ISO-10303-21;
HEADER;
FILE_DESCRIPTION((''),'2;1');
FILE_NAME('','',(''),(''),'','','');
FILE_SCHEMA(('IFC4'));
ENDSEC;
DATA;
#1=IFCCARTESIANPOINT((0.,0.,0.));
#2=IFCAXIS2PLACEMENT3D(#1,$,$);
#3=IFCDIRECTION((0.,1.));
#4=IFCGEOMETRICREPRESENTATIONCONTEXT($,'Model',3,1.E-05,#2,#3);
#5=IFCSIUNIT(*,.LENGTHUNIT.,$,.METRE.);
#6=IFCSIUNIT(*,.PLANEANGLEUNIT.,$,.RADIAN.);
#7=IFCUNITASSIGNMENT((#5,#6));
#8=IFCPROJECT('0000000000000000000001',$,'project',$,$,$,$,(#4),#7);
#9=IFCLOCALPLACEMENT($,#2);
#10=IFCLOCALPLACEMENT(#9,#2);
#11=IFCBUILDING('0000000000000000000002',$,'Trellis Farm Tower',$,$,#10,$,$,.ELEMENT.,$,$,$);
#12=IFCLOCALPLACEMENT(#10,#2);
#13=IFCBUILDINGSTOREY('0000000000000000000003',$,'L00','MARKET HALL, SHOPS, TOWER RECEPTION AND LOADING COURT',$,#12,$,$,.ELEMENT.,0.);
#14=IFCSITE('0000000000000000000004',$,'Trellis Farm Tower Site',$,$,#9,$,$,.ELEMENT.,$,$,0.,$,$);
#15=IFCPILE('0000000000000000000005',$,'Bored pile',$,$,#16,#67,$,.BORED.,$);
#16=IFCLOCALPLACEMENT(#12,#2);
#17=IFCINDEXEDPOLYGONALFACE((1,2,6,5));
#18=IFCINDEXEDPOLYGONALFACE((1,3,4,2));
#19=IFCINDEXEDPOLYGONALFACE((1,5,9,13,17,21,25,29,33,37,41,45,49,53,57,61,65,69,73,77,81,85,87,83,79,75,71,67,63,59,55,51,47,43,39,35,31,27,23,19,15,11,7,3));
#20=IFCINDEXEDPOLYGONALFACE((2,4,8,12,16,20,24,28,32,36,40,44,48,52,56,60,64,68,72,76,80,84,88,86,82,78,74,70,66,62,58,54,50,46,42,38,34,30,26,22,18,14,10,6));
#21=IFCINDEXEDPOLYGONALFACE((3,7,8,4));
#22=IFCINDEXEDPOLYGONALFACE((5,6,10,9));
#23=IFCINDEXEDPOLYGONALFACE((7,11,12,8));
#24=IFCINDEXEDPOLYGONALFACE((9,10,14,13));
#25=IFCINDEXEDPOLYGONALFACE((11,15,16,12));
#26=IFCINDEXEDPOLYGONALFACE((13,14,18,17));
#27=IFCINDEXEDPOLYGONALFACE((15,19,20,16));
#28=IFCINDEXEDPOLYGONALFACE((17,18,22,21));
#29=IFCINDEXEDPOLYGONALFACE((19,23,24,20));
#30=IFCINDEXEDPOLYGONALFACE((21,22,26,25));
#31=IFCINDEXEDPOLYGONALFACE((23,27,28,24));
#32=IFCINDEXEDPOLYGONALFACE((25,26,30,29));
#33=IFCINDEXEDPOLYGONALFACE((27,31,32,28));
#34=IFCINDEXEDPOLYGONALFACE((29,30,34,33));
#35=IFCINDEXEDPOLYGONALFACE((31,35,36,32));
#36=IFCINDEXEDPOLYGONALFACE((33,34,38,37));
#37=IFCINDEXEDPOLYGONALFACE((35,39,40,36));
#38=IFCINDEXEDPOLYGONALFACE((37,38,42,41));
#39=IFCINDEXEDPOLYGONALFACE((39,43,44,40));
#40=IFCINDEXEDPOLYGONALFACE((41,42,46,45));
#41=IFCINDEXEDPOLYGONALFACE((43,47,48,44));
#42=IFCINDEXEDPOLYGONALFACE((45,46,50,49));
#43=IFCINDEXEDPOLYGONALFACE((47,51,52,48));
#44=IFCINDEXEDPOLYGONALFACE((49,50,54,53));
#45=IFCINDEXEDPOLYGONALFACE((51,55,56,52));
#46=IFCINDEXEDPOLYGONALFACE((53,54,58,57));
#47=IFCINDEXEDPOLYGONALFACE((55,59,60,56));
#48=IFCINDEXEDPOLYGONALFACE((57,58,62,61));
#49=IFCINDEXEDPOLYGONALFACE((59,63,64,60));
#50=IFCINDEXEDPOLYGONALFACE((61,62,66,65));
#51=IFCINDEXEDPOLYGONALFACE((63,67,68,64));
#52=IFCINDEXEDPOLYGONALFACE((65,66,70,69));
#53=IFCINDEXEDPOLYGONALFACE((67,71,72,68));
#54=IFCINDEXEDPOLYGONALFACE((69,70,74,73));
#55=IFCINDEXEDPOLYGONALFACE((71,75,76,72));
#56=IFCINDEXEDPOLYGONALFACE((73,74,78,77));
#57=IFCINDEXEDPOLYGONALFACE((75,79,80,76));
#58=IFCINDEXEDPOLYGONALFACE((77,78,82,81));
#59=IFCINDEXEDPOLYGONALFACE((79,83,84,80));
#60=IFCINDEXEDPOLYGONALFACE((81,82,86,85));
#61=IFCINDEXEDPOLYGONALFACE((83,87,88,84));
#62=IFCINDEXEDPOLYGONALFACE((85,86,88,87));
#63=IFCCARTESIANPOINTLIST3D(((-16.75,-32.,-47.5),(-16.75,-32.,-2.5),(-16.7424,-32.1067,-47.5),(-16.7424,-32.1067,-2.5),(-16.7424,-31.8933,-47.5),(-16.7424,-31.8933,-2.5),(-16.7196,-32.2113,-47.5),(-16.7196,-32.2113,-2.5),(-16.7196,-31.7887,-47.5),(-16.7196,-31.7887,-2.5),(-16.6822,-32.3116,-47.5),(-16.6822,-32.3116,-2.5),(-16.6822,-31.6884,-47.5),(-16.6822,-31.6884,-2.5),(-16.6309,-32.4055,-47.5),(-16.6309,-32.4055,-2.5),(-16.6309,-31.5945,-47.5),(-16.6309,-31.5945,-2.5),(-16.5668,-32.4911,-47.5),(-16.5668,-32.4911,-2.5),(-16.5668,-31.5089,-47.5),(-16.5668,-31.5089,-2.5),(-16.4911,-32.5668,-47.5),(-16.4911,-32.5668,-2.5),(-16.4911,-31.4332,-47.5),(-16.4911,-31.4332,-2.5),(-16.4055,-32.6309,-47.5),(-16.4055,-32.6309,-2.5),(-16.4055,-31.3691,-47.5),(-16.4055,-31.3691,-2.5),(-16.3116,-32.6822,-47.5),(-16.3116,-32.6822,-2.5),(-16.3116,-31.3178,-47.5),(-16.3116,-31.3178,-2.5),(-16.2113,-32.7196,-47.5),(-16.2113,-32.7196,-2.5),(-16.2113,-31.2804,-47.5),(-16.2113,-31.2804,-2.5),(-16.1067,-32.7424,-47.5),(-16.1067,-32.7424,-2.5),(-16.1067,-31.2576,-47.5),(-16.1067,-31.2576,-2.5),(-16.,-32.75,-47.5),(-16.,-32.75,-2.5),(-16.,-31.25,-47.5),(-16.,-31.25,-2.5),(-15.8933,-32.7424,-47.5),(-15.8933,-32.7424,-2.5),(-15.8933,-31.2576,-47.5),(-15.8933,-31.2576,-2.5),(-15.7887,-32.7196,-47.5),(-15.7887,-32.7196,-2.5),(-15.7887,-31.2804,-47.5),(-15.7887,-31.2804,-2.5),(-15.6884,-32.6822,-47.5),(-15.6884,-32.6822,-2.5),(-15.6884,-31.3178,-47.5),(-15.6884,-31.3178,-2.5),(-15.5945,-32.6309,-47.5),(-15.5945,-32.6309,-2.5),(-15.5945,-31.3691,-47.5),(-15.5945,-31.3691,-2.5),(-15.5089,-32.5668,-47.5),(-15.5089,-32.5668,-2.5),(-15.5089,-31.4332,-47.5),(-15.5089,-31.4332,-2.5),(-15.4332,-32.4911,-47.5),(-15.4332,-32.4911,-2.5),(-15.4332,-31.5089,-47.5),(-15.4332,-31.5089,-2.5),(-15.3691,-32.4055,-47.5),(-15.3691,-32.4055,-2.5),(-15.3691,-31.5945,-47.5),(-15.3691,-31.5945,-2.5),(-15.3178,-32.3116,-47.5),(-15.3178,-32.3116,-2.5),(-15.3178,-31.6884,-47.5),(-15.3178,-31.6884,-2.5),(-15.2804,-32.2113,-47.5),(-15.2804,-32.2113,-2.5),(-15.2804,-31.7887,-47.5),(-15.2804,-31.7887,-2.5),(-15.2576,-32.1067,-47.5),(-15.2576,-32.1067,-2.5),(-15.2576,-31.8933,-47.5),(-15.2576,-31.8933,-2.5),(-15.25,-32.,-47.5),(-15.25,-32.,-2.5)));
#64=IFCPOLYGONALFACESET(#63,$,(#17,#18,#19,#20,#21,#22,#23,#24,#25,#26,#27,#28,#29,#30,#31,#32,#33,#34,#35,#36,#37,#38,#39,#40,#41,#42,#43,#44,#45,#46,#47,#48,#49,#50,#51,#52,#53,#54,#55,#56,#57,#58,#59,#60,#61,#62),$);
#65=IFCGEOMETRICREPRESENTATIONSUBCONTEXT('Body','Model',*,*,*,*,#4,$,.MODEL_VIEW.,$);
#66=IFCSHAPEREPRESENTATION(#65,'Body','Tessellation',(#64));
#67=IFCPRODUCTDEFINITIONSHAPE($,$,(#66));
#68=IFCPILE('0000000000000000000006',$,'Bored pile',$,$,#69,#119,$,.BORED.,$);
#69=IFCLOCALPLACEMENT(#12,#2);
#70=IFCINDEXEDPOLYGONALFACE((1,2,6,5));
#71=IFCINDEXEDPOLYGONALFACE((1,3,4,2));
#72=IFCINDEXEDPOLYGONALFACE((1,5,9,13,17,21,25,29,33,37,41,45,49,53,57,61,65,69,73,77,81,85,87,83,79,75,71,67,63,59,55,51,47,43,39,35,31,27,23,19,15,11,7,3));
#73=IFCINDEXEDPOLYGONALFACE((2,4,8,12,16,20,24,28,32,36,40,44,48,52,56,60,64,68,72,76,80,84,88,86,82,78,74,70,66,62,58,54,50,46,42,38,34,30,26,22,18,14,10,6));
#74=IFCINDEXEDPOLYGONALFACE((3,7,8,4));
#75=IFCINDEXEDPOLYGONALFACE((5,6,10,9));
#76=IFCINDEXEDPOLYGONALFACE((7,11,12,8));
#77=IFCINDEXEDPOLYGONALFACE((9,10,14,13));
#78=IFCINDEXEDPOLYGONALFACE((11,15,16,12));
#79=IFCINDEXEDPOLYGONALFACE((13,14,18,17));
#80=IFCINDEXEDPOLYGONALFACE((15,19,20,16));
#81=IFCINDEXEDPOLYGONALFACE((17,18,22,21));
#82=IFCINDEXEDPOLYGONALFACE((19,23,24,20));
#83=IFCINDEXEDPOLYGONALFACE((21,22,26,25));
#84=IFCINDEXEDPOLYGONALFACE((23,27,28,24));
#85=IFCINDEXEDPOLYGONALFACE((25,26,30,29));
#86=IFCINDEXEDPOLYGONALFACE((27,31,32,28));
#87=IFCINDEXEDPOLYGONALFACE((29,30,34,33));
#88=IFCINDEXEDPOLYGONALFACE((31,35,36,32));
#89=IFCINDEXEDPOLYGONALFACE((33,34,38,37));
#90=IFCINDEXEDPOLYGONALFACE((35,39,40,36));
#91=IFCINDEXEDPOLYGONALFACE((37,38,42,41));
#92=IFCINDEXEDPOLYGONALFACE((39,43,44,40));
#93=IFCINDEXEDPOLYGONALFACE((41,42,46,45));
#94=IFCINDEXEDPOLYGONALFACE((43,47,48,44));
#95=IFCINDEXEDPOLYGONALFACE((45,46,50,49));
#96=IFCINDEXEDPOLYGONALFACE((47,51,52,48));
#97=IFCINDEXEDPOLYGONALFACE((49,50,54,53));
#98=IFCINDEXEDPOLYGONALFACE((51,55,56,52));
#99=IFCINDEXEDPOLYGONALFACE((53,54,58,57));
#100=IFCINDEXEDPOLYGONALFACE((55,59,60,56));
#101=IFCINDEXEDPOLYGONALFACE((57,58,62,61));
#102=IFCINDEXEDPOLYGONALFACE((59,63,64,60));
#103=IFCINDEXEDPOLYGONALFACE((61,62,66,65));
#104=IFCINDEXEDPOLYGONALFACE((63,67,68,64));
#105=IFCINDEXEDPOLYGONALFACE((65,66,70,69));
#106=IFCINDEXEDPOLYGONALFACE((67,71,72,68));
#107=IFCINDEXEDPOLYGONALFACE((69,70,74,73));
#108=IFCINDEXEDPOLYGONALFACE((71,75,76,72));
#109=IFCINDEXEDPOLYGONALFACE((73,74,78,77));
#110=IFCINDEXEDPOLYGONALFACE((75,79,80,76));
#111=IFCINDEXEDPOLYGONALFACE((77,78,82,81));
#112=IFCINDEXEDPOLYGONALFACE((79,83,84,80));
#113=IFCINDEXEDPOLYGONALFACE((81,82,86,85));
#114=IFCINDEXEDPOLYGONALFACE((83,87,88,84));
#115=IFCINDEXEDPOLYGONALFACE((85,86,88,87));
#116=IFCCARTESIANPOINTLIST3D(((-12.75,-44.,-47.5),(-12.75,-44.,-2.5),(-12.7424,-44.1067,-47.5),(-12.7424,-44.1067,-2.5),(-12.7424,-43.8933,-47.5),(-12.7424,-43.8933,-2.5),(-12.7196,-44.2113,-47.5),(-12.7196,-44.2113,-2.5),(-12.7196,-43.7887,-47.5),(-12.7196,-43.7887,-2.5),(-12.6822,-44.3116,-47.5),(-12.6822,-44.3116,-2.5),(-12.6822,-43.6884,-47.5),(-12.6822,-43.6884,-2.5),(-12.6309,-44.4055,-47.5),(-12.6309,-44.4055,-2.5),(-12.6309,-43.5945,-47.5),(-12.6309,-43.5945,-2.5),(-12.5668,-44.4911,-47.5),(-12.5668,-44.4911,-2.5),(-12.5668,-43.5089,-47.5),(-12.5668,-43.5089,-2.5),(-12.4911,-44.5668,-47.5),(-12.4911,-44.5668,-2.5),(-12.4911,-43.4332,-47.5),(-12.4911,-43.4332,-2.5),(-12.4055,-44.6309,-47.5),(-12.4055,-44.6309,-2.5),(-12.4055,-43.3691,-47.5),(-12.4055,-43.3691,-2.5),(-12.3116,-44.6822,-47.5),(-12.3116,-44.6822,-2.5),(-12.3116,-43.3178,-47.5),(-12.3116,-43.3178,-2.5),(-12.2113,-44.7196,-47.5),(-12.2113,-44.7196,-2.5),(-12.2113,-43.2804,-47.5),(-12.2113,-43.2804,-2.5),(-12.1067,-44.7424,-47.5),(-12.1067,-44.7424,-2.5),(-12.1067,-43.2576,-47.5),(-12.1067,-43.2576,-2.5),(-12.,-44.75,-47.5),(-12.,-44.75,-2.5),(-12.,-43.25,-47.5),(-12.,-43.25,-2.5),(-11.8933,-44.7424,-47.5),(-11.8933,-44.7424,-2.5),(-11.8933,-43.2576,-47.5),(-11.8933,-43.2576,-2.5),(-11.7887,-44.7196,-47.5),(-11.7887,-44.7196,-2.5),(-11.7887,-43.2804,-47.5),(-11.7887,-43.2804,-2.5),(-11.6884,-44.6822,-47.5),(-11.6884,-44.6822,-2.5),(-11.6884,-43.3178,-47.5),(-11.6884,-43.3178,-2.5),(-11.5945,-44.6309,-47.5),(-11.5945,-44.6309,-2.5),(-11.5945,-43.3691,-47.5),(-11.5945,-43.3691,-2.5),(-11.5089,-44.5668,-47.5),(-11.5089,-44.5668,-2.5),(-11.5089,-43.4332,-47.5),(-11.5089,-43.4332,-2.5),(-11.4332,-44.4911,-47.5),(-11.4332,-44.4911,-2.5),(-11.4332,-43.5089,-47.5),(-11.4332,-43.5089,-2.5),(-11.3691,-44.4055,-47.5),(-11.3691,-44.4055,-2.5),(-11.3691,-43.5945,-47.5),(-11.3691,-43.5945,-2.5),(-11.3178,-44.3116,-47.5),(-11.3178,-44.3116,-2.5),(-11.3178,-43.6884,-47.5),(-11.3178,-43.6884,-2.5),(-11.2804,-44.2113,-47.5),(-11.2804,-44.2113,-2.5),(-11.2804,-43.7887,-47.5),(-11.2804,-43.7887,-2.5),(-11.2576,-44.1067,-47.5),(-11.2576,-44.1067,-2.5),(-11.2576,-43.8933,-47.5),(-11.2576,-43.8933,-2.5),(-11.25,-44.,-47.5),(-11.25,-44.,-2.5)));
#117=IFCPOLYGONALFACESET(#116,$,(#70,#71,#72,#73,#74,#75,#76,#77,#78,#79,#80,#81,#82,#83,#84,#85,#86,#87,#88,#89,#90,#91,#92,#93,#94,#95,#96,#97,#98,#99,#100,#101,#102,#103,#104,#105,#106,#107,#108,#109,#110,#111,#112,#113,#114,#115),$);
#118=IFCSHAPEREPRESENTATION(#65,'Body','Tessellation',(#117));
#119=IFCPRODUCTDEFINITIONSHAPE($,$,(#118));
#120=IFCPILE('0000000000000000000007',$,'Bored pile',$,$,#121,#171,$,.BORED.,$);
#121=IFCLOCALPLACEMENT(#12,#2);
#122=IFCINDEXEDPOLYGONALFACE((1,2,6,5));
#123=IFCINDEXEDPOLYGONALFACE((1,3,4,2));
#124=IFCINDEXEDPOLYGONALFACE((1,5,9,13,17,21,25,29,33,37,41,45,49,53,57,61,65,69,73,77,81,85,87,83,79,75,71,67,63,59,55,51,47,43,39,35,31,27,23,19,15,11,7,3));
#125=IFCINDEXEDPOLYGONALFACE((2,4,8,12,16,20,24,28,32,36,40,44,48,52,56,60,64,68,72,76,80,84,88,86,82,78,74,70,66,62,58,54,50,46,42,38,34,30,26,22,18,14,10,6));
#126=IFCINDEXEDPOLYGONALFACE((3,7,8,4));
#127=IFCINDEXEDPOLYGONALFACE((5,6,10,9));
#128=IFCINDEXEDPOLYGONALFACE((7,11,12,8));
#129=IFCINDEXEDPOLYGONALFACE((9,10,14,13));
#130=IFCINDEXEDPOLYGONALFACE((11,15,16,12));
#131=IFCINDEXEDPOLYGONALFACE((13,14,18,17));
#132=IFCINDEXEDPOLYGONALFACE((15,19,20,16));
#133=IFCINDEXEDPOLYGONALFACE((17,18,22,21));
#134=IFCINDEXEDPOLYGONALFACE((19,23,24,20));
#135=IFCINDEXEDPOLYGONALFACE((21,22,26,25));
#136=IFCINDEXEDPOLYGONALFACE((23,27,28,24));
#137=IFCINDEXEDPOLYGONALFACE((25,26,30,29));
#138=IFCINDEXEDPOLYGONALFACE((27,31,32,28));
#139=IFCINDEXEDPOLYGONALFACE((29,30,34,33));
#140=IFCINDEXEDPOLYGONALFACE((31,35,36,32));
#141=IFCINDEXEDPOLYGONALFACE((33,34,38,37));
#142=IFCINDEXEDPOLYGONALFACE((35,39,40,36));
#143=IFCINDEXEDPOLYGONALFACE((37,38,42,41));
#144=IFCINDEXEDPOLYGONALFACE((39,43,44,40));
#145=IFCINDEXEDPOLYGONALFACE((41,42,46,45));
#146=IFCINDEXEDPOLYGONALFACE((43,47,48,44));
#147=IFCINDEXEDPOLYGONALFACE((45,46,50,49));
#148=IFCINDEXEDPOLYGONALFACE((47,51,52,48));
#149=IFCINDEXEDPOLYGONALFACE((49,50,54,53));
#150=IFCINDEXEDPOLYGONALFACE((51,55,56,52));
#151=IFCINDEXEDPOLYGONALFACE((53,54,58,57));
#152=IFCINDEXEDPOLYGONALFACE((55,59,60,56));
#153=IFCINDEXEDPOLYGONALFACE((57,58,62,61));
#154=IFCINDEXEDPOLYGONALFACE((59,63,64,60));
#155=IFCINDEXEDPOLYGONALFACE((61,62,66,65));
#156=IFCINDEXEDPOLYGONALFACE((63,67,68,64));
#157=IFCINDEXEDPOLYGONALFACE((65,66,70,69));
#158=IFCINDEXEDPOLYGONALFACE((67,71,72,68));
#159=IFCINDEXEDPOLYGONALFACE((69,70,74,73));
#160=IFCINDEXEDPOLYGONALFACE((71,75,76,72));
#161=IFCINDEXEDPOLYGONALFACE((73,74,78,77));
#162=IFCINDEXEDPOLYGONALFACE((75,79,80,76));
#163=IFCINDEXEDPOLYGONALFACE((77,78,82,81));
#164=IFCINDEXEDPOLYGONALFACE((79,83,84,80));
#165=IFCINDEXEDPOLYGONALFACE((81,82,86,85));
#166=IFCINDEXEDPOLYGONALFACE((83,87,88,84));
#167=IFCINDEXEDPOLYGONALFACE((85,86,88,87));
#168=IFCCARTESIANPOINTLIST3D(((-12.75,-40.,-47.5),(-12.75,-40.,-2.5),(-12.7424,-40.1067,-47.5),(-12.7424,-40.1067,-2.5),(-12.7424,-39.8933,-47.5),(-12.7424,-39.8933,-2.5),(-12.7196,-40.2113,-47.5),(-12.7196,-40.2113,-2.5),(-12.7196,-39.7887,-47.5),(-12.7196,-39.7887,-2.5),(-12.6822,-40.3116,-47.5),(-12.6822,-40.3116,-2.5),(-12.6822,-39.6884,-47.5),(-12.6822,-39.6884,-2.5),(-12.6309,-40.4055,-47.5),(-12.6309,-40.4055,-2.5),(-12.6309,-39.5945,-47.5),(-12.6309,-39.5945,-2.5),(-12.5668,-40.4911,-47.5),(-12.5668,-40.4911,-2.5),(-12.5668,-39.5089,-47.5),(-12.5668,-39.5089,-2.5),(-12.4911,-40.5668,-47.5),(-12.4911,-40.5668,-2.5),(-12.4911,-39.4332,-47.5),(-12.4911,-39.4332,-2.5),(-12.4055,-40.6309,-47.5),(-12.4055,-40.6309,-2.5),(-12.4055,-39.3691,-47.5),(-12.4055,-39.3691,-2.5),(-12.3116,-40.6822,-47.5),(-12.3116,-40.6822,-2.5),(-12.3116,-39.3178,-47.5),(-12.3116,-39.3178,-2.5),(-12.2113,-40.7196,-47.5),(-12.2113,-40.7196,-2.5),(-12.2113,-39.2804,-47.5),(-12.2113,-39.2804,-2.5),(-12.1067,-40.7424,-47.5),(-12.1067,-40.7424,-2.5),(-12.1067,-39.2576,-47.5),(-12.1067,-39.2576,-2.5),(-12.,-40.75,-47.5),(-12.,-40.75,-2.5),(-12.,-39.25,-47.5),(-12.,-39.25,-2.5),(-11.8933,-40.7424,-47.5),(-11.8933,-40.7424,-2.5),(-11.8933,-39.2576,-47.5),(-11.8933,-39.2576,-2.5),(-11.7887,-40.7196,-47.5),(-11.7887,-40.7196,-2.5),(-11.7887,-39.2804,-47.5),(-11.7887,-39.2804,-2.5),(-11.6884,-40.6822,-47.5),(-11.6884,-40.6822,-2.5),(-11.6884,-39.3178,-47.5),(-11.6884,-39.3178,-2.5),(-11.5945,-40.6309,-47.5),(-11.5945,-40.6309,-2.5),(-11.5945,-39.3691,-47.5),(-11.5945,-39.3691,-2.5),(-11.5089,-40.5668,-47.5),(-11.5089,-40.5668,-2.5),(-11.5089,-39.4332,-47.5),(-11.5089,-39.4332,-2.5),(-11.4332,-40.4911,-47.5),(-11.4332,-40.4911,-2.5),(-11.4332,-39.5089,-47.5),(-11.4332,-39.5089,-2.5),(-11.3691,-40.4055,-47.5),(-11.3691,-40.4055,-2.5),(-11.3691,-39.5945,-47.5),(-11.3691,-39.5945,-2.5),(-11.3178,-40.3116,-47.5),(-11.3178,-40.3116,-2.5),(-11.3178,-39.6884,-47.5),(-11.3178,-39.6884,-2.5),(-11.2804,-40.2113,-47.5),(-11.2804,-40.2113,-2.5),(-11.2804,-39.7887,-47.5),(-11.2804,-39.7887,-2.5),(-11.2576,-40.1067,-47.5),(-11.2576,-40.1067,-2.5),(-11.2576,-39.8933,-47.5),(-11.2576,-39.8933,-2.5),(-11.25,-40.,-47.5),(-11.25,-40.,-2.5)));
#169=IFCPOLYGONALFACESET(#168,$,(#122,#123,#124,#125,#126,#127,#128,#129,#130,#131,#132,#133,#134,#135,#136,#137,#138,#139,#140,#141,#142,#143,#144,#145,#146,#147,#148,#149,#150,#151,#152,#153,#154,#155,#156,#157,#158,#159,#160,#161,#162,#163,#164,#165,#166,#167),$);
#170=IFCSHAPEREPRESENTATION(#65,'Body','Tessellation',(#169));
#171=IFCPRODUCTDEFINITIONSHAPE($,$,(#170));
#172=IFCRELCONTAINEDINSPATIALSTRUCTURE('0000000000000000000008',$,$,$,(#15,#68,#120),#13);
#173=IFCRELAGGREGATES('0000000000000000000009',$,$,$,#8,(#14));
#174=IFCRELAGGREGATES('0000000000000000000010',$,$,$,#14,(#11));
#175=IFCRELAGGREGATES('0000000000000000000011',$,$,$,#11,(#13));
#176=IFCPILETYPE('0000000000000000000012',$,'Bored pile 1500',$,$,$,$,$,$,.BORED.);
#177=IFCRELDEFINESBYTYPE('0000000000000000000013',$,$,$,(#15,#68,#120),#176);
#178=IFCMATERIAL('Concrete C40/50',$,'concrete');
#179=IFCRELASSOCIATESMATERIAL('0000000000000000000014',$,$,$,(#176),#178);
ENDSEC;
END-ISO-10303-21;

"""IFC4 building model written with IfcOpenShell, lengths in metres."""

from ifc_helpers import new_model, si_unit, direction, frame, origin, origin_2d, place, context, subcontext, project, spatial, circle, extrude, source, transform, mapped, material, material_profile, profile_set, type_object, element, save


model = new_model("IFC4")

# Units and contexts
model_context = context("Model", 3, precision=1e-05, world=origin(), true_north=direction((0.0, 1.0)))
body_context = subcontext(model_context, "Body", "Model", "MODEL_VIEW")
ifc_project = project(units=[si_unit("LENGTHUNIT", "METRE"), si_unit("PLANEANGLEUNIT", "RADIAN")], contexts=[model_context])

# Site, building, storey
site_placement = place(None, origin())
site = spatial("IfcSite", under=ifc_project, at=site_placement, Name="Trellis Farm Tower Site", CompositionType="ELEMENT", RefElevation=0.0)
building_placement = place(site_placement, origin())
building = spatial("IfcBuilding", under=site, at=building_placement, Name="Trellis Farm Tower", CompositionType="ELEMENT")
storey_placement = place(building_placement, origin())
storey = spatial("IfcBuildingStorey", under=building, at=storey_placement, Name="L00", Description="MARKET HALL, SHOPS, TOWER RECEPTION AND LOADING COURT", CompositionType="ELEMENT", Elevation=0.0)

# Piles
ifc_material_1 = material(Name="Concrete C40/50", Category="concrete")
ifc_material_profile_1 = material_profile(ifc_material_1, circle(Radius=0.75, at=origin_2d()), Name="Bored pile 1500")
ifc_profile_set_1 = profile_set([ifc_material_profile_1], Name="Concrete C40/50")
pile_type = type_object("IfcPileType", Name="Bored pile 1500", PredefinedType="BORED", material=ifc_profile_set_1)
shared_shape_1 = source(origin(), body_context, "Body", "SweptSolid", [
    extrude(circle(Radius=0.75, at=origin_2d()), origin(), (0.0, 0.0, 1.0), 45.0),
])
for number, where, z_axis, x_axis, name in (
    (1, (-16.0, -32.0, -2.5), (0.0, 0.0, -1.0), (1.0, 0.0, 0.0), "Bored pile"),
    (2, (-12.0, -44.0, -2.5), (0.0, 0.0, -1.0), (1.0, 0.0, 0.0), "Bored pile"),
    (3, (-12.0, -40.0, -2.5), (0.0, 0.0, -1.0), (1.0, 0.0, 0.0), "Bored pile"),
):
    element("IfcPile", number, at=place(storey_placement, frame(where, z_axis=z_axis, x_axis=x_axis)), inside=storey, type_object=pile_type, Name=name, PredefinedType="BORED", context=body_context, shape_type="MappedRepresentation", body=[
        mapped(shared_shape_1, transform((0.0, 0.0, 0.0))),
    ])

save(model, "model.ifc")
